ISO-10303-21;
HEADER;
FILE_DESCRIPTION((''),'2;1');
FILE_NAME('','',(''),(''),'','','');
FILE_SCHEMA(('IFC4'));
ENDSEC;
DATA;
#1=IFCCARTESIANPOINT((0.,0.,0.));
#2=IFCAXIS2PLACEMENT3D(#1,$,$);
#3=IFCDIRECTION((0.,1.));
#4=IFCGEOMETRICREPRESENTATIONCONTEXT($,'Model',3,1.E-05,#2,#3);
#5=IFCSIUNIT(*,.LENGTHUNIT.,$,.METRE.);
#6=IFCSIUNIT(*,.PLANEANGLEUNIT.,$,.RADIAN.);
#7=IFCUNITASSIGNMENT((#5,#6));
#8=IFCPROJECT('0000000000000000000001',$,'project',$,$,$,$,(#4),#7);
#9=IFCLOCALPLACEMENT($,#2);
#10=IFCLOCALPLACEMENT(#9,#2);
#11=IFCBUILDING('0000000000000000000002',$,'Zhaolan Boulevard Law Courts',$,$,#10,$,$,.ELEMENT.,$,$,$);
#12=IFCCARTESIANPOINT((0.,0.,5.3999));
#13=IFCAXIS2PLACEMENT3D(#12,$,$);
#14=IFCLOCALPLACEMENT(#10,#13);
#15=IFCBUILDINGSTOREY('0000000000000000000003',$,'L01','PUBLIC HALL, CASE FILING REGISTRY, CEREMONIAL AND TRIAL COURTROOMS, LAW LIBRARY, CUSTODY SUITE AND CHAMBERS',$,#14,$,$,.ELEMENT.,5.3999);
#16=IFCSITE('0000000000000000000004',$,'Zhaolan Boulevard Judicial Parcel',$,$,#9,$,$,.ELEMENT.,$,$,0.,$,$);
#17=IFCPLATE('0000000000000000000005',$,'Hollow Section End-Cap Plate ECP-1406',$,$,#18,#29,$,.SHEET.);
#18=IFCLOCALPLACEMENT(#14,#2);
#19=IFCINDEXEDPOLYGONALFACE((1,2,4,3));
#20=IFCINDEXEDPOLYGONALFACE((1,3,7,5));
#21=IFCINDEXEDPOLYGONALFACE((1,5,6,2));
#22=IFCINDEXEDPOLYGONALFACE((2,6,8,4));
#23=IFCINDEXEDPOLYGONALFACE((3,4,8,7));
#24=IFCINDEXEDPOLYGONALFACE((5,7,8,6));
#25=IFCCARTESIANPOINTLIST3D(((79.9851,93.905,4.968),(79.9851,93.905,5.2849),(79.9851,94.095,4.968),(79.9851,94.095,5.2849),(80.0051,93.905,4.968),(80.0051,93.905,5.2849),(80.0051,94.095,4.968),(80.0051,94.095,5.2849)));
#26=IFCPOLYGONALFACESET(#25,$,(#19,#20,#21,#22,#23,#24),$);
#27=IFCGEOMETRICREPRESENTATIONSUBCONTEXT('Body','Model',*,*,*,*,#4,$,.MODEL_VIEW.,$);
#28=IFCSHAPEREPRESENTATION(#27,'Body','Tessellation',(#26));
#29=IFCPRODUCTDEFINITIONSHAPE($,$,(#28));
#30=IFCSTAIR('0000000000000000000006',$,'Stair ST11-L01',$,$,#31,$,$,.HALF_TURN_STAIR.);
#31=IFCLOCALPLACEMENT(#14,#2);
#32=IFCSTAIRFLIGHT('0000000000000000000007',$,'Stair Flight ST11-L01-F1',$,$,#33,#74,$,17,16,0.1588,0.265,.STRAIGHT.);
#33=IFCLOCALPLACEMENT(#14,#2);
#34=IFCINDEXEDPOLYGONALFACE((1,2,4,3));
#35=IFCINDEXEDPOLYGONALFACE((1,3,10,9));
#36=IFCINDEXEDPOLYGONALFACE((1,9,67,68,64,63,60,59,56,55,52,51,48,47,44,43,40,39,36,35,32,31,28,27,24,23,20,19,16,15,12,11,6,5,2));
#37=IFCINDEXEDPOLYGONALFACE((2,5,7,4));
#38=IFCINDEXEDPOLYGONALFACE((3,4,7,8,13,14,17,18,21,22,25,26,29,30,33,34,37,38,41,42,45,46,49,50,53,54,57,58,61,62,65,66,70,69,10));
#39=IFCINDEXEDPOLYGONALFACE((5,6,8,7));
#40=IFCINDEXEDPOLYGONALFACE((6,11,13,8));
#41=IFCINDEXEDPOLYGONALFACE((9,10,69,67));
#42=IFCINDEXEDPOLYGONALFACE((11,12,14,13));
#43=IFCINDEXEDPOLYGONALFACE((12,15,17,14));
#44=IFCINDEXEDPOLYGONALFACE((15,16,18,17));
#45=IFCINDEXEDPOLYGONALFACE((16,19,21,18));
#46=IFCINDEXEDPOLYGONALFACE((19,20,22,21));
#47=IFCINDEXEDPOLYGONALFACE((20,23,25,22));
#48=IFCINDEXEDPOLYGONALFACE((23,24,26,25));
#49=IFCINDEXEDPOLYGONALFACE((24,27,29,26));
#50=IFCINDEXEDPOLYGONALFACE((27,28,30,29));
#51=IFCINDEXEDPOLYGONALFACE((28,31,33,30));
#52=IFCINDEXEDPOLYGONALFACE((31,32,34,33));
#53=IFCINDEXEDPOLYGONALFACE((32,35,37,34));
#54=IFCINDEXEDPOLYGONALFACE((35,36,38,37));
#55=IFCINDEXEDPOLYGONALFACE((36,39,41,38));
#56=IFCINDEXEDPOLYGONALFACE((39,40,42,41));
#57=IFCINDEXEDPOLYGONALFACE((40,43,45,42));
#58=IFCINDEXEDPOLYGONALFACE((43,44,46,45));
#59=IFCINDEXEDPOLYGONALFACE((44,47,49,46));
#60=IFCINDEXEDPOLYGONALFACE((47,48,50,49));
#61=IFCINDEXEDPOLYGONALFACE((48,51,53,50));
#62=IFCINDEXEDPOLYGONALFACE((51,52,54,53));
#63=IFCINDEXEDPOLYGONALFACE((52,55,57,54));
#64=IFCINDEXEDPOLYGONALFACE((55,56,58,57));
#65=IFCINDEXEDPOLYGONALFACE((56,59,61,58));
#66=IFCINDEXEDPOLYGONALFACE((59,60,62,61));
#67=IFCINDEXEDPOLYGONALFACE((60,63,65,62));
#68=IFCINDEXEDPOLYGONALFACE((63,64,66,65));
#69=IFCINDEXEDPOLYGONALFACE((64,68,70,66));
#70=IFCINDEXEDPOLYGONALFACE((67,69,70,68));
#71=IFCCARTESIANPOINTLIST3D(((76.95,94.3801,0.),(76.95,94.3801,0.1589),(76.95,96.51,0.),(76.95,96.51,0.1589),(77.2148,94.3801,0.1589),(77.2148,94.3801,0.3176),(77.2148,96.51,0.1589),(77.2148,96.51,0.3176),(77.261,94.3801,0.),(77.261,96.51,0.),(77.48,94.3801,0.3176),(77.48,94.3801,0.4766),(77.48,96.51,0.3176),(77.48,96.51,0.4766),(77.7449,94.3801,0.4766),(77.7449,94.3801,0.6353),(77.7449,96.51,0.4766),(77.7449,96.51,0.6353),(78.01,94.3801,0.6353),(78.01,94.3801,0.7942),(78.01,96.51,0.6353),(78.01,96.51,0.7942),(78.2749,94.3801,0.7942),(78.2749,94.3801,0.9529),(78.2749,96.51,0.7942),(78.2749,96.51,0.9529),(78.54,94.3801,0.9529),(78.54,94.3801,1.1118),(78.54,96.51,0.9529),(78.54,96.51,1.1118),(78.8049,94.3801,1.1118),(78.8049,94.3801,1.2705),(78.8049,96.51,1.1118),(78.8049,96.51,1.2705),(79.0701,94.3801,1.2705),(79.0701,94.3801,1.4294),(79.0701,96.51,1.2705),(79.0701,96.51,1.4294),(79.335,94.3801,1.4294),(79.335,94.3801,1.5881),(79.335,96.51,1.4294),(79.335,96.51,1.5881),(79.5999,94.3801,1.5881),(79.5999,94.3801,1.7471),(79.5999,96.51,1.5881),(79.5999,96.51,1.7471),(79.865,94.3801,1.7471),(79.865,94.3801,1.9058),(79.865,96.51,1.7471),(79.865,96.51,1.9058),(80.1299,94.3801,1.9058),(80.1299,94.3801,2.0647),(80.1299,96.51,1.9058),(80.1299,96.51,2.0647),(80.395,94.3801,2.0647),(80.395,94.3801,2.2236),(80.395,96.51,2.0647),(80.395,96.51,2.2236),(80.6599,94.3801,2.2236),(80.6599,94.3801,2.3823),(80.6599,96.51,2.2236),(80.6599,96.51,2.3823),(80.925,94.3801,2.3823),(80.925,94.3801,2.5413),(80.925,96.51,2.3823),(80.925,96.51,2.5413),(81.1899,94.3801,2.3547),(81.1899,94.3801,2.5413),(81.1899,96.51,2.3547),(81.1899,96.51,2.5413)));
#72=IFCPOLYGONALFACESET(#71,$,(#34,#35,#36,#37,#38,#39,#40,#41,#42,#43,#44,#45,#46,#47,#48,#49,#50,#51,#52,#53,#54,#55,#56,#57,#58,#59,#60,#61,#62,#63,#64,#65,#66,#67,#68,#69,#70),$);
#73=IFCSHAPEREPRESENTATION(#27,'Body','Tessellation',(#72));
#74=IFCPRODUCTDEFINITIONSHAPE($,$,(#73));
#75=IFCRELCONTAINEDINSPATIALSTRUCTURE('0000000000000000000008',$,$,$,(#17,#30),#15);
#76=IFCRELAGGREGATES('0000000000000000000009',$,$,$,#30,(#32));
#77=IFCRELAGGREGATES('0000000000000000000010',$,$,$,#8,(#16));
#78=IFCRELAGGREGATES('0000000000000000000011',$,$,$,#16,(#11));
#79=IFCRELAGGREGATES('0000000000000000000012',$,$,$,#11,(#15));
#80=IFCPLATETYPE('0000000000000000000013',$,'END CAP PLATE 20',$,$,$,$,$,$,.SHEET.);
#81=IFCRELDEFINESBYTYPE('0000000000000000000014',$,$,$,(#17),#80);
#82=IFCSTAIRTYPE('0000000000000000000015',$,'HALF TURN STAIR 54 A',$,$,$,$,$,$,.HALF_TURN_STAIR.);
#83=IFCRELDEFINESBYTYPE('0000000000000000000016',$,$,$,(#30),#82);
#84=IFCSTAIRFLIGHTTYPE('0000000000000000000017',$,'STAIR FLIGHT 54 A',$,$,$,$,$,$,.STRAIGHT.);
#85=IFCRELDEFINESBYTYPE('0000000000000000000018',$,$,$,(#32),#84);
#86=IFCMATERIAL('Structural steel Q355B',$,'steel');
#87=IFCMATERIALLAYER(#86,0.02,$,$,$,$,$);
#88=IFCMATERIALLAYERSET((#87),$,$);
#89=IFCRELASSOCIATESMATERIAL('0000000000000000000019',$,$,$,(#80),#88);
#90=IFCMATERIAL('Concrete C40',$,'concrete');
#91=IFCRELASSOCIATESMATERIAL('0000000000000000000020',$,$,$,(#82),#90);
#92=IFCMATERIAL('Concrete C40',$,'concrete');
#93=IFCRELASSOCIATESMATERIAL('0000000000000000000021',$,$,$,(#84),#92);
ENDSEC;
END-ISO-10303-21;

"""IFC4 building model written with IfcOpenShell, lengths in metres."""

from ifc_helpers import new_model, si_unit, direction, frame, origin, origin_2d, place, context, subcontext, project, spatial, polyline, rectangle, outline, extrude, material, layer, layer_set, type_object, element, aggregate, save


model = new_model("IFC4")

# Units and contexts
model_context = context("Model", 3, precision=1e-05, world=origin(), true_north=direction((0.0, 1.0)))
body_context = subcontext(model_context, "Body", "Model", "MODEL_VIEW")
ifc_project = project(units=[si_unit("LENGTHUNIT", "METRE"), si_unit("PLANEANGLEUNIT", "RADIAN")], contexts=[model_context])

# Site, building, storey
site_placement = place(None, origin())
site = spatial("IfcSite", under=ifc_project, at=site_placement, Name="Zhaolan Boulevard Judicial Parcel", CompositionType="ELEMENT", RefElevation=0.0)
building_placement = place(site_placement, origin())
building = spatial("IfcBuilding", under=site, at=building_placement, Name="Zhaolan Boulevard Law Courts", CompositionType="ELEMENT")
storey_placement = place(building_placement, frame((0.0, 0.0, 5.3999)))
storey = spatial("IfcBuildingStorey", under=building, at=storey_placement, Name="L01", Description="PUBLIC HALL, CASE FILING REGISTRY, CEREMONIAL AND TRIAL COURTROOMS, LAW LIBRARY, CUSTODY SUITE AND CHAMBERS", CompositionType="ELEMENT", Elevation=5.3999)

# Plate
ifc_material_1 = material(Name="Structural steel Q355B", Category="steel")
ifc_layer_1 = layer(ifc_material_1, 0.02)
ifc_layer_set_1 = layer_set([ifc_layer_1])
plate_type_1 = type_object("IfcPlateType", Name="END CAP PLATE 20", PredefinedType="SHEET", material=ifc_layer_set_1)
for number, where, z_axis, x_axis, name in (
    (1, (79.9951, 94.0, 4.968), (0.0, 0.0, 1.0), (-1.0, 0.0, 0.0), "Hollow Section End-Cap Plate ECP-1406"),
):
    element("IfcPlate", number, at=place(storey_placement, frame(where, z_axis=z_axis, x_axis=x_axis)), inside=storey, type_object=plate_type_1, Name=name, PredefinedType="SHEET", context=body_context, shape_type="SweptSolid", body=[
        extrude(rectangle(XDim=0.02, YDim=0.1899, at=origin_2d()), origin(), (0.0, 0.0, 1.0), 0.3169),
    ])

# Stair, stair flight
ifc_material_2 = material(Name="Concrete C40", Category="concrete")
stair_type = type_object("IfcStairType", Name="HALF TURN STAIR 54 A", PredefinedType="HALF_TURN_STAIR", material=ifc_material_2)
stair_placement = place(storey_placement, origin())
stair = element("IfcStair", 2, at=stair_placement, inside=storey, type_object=stair_type, Name="Stair ST11-L01", PredefinedType="HALF_TURN_STAIR")
ifc_material_3 = material(Name="Concrete C40", Category="concrete")
stair_flight_type = type_object("IfcStairFlightType", Name="STAIR FLIGHT 54 A", PredefinedType="STRAIGHT", material=ifc_material_3)
stair_flight_placement = place(storey_placement, frame((76.95, 95.4451, 0.0), z_axis=(0.0, 0.0, 1.0), x_axis=(1.0, 0.0, 0.0)))
stair_flight = element("IfcStairFlight", 3, at=stair_flight_placement, type_object=stair_flight_type, Name="Stair Flight ST11-L01-F1", NumberOfRisers=17, NumberOfTreads=16, PredefinedType="STRAIGHT", RiserHeight=0.1588, TreadLength=0.265, context=body_context, shape_type="SweptSolid", body=[
    extrude(outline(polyline([(0.0, 0.0), (0.0, 0.1589), (0.2649, 0.1589), (0.2649, 0.3176), (0.53, 0.3176), (0.53, 0.4766), (0.7949, 0.4766), (0.7949, 0.6353), (1.0601, 0.6353), (1.0601, 0.7942), (1.325, 0.7942), (1.325, 0.9529), (1.5901, 0.9529), (1.5901, 1.1118), (1.855, 1.1118), (1.855, 1.2705), (2.1201, 1.2705), (2.1201, 1.4294), (2.385, 1.4294), (2.385, 1.5881), (2.6499, 1.5881), (2.6499, 1.7471), (2.915, 1.7471), (2.915, 1.9058), (3.1799, 1.9058), (3.1799, 2.0647), (3.4451, 2.0647), (3.4451, 2.2236), (3.71, 2.2236), (3.71, 2.3823), (3.9751, 2.3823), (3.9751, 2.5413), (4.24, 2.5413), (4.24, 2.7), (4.24, 2.3547), (0.311, 0.0), (0.0, 0.0)])), frame((0.0, 1.0649, 0.0), z_axis=(0.0, -1.0, 0.0), x_axis=(1.0, 0.0, 0.0)), (0.0, 0.0, 1.0), 2.1299),
])
aggregate(stair, [stair_flight])

save(model, "model.ifc")
